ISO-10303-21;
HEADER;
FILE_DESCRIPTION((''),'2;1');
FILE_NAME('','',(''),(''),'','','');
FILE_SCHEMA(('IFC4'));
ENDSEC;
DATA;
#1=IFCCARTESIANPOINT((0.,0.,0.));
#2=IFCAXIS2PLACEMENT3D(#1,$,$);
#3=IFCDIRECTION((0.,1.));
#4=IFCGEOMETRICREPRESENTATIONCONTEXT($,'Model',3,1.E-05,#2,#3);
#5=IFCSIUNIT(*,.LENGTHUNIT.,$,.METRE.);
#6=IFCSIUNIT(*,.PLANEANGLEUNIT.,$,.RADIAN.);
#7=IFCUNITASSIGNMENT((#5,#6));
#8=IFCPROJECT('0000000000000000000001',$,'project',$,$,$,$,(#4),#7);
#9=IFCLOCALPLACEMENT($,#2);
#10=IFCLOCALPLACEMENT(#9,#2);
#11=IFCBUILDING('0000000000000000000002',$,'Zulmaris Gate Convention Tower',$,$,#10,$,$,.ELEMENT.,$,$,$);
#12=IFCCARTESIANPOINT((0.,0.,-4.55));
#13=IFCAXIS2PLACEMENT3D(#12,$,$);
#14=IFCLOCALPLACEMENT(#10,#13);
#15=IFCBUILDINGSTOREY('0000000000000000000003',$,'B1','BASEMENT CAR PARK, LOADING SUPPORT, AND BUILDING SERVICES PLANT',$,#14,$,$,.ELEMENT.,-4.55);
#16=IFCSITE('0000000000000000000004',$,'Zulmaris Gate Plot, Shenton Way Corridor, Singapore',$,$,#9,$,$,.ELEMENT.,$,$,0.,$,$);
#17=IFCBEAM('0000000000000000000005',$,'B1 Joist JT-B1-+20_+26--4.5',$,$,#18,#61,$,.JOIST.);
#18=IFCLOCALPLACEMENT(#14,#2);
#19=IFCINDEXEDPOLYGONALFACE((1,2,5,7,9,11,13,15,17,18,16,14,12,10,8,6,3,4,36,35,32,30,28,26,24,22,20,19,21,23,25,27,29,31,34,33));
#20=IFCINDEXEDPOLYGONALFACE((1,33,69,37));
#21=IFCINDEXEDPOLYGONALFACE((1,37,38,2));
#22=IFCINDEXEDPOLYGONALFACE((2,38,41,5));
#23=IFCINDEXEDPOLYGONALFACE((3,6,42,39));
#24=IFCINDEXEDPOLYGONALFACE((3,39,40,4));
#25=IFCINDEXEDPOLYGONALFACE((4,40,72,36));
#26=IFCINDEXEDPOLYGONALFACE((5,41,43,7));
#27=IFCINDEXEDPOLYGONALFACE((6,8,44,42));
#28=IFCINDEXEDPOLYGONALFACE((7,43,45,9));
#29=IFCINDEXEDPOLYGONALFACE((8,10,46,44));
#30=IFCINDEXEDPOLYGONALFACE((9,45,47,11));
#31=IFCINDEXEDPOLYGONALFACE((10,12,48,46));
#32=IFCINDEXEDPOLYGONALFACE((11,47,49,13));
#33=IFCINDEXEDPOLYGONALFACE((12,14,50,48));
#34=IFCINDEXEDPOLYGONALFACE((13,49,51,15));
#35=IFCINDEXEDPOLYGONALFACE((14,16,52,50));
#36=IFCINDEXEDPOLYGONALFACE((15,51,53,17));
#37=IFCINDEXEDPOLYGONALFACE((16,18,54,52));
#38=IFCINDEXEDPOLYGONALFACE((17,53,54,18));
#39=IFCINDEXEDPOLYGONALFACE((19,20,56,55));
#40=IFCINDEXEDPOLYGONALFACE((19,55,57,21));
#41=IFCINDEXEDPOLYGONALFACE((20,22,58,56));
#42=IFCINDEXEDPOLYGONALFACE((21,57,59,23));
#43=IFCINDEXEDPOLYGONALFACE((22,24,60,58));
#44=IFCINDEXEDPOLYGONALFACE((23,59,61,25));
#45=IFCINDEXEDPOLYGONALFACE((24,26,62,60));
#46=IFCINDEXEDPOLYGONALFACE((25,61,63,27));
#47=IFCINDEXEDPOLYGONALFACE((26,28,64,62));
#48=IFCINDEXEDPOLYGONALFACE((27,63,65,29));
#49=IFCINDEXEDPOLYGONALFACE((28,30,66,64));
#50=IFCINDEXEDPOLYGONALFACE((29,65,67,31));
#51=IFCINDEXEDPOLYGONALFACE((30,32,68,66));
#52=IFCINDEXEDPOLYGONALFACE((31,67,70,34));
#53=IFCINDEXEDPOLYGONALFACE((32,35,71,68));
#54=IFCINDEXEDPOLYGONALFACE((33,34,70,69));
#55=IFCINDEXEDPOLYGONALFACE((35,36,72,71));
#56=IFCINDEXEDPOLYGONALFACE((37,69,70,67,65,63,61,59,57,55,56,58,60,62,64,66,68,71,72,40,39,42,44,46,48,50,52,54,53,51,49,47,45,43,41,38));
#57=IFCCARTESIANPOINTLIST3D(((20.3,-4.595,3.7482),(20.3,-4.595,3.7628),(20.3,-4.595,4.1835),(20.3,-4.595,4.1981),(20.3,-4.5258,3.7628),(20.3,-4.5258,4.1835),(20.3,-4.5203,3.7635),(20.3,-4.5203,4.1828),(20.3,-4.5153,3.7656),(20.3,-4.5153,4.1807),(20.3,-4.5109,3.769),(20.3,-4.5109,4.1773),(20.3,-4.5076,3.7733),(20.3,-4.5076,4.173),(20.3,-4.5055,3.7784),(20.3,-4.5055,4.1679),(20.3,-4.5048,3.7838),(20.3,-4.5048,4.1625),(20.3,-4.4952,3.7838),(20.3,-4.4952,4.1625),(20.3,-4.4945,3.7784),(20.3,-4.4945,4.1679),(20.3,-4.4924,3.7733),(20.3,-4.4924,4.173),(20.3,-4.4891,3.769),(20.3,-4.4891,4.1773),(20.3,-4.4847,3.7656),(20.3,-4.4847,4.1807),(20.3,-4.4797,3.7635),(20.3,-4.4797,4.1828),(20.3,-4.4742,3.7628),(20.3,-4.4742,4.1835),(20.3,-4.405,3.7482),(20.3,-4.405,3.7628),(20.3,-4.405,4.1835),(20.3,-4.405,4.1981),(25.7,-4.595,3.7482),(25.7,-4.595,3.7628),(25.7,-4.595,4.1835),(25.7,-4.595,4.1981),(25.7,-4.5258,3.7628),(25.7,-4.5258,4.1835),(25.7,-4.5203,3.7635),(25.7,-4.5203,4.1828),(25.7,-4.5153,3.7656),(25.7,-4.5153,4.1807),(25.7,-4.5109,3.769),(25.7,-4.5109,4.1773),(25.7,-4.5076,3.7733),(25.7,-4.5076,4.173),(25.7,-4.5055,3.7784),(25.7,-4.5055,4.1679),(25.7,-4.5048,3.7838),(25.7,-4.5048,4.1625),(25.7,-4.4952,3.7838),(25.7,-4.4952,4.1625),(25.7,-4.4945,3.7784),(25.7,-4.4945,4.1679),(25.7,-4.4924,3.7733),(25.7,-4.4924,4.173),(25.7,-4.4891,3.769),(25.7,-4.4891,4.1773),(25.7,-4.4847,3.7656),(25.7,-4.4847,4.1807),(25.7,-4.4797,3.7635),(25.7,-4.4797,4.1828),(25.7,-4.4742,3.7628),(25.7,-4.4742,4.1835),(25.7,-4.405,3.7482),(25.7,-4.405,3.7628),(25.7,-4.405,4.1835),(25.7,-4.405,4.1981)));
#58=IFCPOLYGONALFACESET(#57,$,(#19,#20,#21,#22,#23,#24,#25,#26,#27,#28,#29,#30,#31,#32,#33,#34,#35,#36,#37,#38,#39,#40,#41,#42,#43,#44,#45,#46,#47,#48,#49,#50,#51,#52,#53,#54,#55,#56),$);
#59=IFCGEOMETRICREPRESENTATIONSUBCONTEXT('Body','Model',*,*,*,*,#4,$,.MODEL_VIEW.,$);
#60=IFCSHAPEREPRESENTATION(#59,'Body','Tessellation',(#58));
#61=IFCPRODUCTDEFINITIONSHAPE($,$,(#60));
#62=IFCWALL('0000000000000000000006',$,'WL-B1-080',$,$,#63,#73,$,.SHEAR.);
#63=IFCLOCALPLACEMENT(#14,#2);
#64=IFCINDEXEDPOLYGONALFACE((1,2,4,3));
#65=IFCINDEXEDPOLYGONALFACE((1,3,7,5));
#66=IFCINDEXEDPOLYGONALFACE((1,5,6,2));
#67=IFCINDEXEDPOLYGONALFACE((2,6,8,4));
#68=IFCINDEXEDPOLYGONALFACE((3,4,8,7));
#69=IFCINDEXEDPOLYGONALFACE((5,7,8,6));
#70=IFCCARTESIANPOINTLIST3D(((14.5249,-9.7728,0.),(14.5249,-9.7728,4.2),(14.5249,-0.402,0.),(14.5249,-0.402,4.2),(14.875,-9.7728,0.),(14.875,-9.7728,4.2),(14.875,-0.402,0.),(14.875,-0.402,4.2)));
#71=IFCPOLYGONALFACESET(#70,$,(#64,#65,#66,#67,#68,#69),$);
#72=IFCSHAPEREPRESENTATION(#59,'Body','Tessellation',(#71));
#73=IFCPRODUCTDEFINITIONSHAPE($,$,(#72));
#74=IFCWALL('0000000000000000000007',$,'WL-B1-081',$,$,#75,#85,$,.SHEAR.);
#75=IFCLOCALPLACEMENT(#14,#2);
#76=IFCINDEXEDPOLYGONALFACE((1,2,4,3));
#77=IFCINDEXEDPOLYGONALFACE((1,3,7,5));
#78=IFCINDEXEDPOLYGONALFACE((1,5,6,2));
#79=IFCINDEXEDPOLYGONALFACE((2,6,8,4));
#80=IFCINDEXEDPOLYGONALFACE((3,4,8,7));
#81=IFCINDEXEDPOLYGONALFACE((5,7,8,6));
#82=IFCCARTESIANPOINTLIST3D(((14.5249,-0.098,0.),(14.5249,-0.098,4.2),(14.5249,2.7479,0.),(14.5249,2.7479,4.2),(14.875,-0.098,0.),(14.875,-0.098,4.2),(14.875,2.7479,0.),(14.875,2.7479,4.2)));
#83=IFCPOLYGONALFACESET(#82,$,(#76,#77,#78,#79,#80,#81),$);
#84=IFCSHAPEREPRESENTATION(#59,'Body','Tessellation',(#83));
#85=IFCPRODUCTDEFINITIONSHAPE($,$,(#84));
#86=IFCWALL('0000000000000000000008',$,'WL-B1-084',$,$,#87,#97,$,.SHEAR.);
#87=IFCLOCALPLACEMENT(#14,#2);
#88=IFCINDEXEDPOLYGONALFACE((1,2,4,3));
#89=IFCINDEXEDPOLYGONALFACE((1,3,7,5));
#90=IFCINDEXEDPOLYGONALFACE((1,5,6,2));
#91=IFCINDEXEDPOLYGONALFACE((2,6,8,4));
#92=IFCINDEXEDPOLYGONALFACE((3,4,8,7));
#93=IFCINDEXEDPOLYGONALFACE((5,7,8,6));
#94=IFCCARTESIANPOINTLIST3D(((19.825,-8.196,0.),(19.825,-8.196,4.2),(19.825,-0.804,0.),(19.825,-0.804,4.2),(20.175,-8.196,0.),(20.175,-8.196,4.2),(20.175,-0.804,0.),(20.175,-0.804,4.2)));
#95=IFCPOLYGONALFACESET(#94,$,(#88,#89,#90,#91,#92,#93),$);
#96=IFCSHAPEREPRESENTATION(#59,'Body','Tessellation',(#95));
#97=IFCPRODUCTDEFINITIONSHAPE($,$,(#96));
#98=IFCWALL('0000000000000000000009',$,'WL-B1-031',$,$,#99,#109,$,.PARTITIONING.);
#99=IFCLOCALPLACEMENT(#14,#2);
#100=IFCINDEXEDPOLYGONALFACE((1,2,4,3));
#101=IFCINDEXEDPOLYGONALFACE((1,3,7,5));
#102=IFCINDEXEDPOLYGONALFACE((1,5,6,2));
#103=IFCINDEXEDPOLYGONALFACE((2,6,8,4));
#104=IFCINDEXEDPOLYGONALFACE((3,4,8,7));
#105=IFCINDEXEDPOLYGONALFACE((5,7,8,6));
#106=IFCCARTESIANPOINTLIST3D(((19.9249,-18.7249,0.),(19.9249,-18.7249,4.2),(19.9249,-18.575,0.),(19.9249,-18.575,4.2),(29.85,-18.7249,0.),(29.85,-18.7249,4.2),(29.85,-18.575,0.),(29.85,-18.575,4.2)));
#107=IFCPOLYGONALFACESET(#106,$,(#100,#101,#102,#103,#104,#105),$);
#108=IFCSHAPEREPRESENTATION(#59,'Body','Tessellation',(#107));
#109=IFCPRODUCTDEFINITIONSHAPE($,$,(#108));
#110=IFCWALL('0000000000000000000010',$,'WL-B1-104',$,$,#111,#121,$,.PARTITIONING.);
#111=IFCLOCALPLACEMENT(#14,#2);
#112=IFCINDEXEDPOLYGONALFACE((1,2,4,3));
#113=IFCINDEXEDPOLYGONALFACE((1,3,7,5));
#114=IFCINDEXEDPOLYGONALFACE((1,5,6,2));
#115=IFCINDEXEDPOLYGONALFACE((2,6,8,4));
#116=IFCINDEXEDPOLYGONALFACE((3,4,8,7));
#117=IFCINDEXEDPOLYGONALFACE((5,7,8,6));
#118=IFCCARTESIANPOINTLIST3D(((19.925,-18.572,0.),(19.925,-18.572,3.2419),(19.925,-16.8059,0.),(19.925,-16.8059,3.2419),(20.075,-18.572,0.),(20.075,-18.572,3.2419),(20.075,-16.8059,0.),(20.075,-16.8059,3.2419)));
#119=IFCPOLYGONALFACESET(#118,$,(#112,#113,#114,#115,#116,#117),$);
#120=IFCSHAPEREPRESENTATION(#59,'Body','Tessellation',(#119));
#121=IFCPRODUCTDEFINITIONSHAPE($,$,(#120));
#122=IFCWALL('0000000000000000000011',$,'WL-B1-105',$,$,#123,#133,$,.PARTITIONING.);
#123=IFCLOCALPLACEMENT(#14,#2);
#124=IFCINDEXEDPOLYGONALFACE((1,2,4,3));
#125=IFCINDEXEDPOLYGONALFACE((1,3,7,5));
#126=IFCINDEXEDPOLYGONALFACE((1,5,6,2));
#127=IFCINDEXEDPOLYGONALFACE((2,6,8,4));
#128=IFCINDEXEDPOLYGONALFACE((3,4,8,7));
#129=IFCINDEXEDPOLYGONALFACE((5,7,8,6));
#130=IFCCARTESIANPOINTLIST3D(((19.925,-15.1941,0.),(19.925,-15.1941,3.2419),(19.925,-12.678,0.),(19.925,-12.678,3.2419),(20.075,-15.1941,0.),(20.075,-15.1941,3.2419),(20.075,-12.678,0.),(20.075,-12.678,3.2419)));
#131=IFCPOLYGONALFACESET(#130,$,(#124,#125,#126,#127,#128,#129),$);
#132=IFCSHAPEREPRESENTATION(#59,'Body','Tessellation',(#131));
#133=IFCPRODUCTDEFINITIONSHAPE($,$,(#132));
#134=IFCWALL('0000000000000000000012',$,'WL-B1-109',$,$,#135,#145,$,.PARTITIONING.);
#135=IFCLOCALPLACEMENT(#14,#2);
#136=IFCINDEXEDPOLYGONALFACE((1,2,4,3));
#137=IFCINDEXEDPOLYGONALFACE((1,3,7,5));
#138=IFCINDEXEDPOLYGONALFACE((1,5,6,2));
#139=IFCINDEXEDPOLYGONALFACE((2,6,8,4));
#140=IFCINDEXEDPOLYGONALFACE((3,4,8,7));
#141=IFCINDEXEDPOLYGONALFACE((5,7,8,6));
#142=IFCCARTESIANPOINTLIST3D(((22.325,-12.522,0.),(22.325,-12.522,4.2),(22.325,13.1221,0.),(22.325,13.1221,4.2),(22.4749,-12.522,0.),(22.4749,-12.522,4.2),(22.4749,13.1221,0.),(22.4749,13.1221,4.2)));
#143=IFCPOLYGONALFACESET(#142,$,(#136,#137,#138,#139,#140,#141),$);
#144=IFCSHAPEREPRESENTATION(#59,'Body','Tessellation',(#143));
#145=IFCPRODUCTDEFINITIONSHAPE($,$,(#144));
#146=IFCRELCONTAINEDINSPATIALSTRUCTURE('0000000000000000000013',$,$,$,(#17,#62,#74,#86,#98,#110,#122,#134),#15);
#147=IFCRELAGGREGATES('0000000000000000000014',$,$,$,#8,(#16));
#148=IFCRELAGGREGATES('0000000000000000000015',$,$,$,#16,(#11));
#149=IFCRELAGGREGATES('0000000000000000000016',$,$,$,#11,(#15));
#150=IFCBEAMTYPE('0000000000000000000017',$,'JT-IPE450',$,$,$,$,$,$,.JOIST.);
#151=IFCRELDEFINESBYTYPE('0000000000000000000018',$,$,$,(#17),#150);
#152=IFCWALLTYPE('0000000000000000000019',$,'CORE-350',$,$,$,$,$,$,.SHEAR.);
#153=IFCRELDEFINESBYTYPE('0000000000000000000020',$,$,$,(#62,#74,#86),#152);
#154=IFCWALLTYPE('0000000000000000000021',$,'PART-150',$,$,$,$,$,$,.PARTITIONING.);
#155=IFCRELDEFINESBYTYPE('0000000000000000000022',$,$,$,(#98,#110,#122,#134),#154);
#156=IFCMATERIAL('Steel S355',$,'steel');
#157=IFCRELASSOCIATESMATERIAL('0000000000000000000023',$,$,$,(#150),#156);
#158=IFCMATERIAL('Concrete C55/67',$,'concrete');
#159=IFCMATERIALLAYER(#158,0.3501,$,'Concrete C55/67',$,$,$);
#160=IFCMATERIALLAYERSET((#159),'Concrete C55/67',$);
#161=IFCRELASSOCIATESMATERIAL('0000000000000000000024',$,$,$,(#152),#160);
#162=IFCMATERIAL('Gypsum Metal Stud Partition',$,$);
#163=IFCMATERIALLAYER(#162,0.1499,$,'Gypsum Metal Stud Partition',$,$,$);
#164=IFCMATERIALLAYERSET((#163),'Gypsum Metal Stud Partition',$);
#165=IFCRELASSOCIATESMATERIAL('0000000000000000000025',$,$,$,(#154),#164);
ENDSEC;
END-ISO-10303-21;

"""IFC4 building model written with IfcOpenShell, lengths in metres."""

from ifc_helpers import new_model, si_unit, direction, frame, frame_2d, origin, origin_2d, place, context, subcontext, project, spatial, rectangle, i_section, extrude, material, layer, layer_set, material_profile, profile_set, type_object, element, save


model = new_model("IFC4")

# Units and contexts
model_context = context("Model", 3, precision=1e-05, world=origin(), true_north=direction((0.0, 1.0)))
body_context = subcontext(model_context, "Body", "Model", "MODEL_VIEW")
ifc_project = project(units=[si_unit("LENGTHUNIT", "METRE"), si_unit("PLANEANGLEUNIT", "RADIAN")], contexts=[model_context])

# Site, building, storey
site_placement = place(None, origin())
site = spatial("IfcSite", under=ifc_project, at=site_placement, Name="Zulmaris Gate Plot, Shenton Way Corridor, Singapore", CompositionType="ELEMENT", RefElevation=0.0)
building_placement = place(site_placement, origin())
building = spatial("IfcBuilding", under=site, at=building_placement, Name="Zulmaris Gate Convention Tower", CompositionType="ELEMENT")
storey_placement = place(building_placement, frame((0.0, 0.0, -4.55)))
storey = spatial("IfcBuildingStorey", under=building, at=storey_placement, Name="B1", Description="BASEMENT CAR PARK, LOADING SUPPORT, AND BUILDING SERVICES PLANT", CompositionType="ELEMENT", Elevation=-4.55)

# Beam
ifc_material_1 = material(Name="Steel S355", Category="steel")
ifc_material_profile_1 = material_profile(ifc_material_1, i_section(OverallWidth=0.1899, OverallDepth=0.45, WebThickness=0.0095, FlangeThickness=0.0146, FilletRadius=0.021, at=origin_2d()), Name="IPE 450")
ifc_profile_set_1 = profile_set([ifc_material_profile_1], Name="Steel S355")
beam_type_1 = type_object("IfcBeamType", Name="JT-IPE450", PredefinedType="JOIST", material=ifc_profile_set_1)
for number, where, z_axis, x_axis, name in (
    (1, (20.3, -4.5, 3.9731), (1.0, 0.0, 0.0), (0.0, 1.0, 0.0), "B1 Joist JT-B1-+20_+26--4.5"),
):
    element("IfcBeam", number, at=place(storey_placement, frame(where, z_axis=z_axis, x_axis=x_axis)), inside=storey, type_object=beam_type_1, Name=name, PredefinedType="JOIST", context=body_context, shape_type="SweptSolid", body=[
        extrude(i_section(OverallWidth=0.1899, OverallDepth=0.45, WebThickness=0.0095, FlangeThickness=0.0146, FilletRadius=0.021, at=origin_2d()), origin(), (0.0, 0.0, 1.0), 5.3999),
    ])

# Walls
ifc_material_2 = material(Name="Concrete C55/67", Category="concrete")
ifc_layer_1 = layer(ifc_material_2, 0.3501, Name="Concrete C55/67")
ifc_layer_set_1 = layer_set([ifc_layer_1], Name="Concrete C55/67")
wall_type_1 = type_object("IfcWallType", Name="CORE-350", PredefinedType="SHEAR", material=ifc_layer_set_1)
wall_1_placement = place(storey_placement, frame((14.7, -9.7729, 0.0), z_axis=(0.0, 0.0, 1.0), x_axis=(0.0, 1.0, 0.0)))
element("IfcWall", 2, at=wall_1_placement, inside=storey, type_object=wall_type_1, Name="WL-B1-080", PredefinedType="SHEAR", context=body_context, shape_type="SweptSolid", body=[
    extrude(rectangle(XDim=9.3708, YDim=0.3501, at=frame_2d((4.6855, 0.0))), origin(), (0.0, 0.0, 1.0), 4.2),
])
wall_2_placement = place(storey_placement, frame((14.7, -0.0979, 0.0), z_axis=(0.0, 0.0, 1.0), x_axis=(0.0, 1.0, 0.0)))
element("IfcWall", 3, at=wall_2_placement, inside=storey, type_object=wall_type_1, Name="WL-B1-081", PredefinedType="SHEAR", context=body_context, shape_type="SweptSolid", body=[
    extrude(rectangle(XDim=2.8459, YDim=0.3501, at=frame_2d((1.4229, 0.0))), origin(), (0.0, 0.0, 1.0), 4.2),
])
wall_3_placement = place(storey_placement, frame((20.0, -8.196, 0.0), z_axis=(0.0, 0.0, 1.0), x_axis=(0.0, 1.0, 0.0)))
element("IfcWall", 4, at=wall_3_placement, inside=storey, type_object=wall_type_1, Name="WL-B1-084", PredefinedType="SHEAR", context=body_context, shape_type="SweptSolid", body=[
    extrude(rectangle(XDim=7.3921, YDim=0.3501, at=frame_2d((3.696, 0.0))), origin(), (0.0, 0.0, 1.0), 4.2),
])
ifc_material_3 = material(Name="Gypsum Metal Stud Partition")
ifc_layer_2 = layer(ifc_material_3, 0.1499, Name="Gypsum Metal Stud Partition")
ifc_layer_set_2 = layer_set([ifc_layer_2], Name="Gypsum Metal Stud Partition")
wall_type_2 = type_object("IfcWallType", Name="PART-150", PredefinedType="PARTITIONING", material=ifc_layer_set_2)
wall_4_placement = place(storey_placement, frame((19.925, -18.6499, 0.0), z_axis=(0.0, 0.0, 1.0), x_axis=(1.0, 0.0, 0.0)))
element("IfcWall", 5, at=wall_4_placement, inside=storey, type_object=wall_type_2, Name="WL-B1-031", PredefinedType="PARTITIONING", context=body_context, shape_type="SweptSolid", body=[
    extrude(rectangle(XDim=9.925, YDim=0.1499, at=frame_2d((4.9624, 0.0))), origin(), (0.0, 0.0, 1.0), 4.2),
])
wall_5_placement = place(storey_placement, frame((20.0, -18.572, 0.0), z_axis=(0.0, 0.0, 1.0), x_axis=(0.0, 1.0, 0.0)))
element("IfcWall", 6, at=wall_5_placement, inside=storey, type_object=wall_type_2, Name="WL-B1-104", PredefinedType="PARTITIONING", context=body_context, shape_type="SweptSolid", body=[
    extrude(rectangle(XDim=1.7661, YDim=0.1499, at=frame_2d((0.8831, 0.0))), origin(), (0.0, 0.0, 1.0), 3.2419),
])
wall_6_placement = place(storey_placement, frame((20.0, -15.1941, 0.0), z_axis=(0.0, 0.0, 1.0), x_axis=(0.0, 1.0, 0.0)))
element("IfcWall", 7, at=wall_6_placement, inside=storey, type_object=wall_type_2, Name="WL-B1-105", PredefinedType="PARTITIONING", context=body_context, shape_type="SweptSolid", body=[
    extrude(rectangle(XDim=2.5161, YDim=0.1499, at=frame_2d((1.2581, 0.0))), origin(), (0.0, 0.0, 1.0), 3.2419),
])

# Wall
wall_7_placement = place(storey_placement, frame((22.3999, -12.522, 0.0), z_axis=(0.0, 0.0, 1.0), x_axis=(0.0, 1.0, 0.0)))
element("IfcWall", 8, at=wall_7_placement, inside=storey, type_object=wall_type_2, Name="WL-B1-109", PredefinedType="PARTITIONING", context=body_context, shape_type="SweptSolid", body=[
    extrude(rectangle(XDim=25.644, YDim=0.1499, at=frame_2d((12.822, 0.0))), origin(), (0.0, 0.0, 1.0), 4.2),
])

save(model, "model.ifc")
